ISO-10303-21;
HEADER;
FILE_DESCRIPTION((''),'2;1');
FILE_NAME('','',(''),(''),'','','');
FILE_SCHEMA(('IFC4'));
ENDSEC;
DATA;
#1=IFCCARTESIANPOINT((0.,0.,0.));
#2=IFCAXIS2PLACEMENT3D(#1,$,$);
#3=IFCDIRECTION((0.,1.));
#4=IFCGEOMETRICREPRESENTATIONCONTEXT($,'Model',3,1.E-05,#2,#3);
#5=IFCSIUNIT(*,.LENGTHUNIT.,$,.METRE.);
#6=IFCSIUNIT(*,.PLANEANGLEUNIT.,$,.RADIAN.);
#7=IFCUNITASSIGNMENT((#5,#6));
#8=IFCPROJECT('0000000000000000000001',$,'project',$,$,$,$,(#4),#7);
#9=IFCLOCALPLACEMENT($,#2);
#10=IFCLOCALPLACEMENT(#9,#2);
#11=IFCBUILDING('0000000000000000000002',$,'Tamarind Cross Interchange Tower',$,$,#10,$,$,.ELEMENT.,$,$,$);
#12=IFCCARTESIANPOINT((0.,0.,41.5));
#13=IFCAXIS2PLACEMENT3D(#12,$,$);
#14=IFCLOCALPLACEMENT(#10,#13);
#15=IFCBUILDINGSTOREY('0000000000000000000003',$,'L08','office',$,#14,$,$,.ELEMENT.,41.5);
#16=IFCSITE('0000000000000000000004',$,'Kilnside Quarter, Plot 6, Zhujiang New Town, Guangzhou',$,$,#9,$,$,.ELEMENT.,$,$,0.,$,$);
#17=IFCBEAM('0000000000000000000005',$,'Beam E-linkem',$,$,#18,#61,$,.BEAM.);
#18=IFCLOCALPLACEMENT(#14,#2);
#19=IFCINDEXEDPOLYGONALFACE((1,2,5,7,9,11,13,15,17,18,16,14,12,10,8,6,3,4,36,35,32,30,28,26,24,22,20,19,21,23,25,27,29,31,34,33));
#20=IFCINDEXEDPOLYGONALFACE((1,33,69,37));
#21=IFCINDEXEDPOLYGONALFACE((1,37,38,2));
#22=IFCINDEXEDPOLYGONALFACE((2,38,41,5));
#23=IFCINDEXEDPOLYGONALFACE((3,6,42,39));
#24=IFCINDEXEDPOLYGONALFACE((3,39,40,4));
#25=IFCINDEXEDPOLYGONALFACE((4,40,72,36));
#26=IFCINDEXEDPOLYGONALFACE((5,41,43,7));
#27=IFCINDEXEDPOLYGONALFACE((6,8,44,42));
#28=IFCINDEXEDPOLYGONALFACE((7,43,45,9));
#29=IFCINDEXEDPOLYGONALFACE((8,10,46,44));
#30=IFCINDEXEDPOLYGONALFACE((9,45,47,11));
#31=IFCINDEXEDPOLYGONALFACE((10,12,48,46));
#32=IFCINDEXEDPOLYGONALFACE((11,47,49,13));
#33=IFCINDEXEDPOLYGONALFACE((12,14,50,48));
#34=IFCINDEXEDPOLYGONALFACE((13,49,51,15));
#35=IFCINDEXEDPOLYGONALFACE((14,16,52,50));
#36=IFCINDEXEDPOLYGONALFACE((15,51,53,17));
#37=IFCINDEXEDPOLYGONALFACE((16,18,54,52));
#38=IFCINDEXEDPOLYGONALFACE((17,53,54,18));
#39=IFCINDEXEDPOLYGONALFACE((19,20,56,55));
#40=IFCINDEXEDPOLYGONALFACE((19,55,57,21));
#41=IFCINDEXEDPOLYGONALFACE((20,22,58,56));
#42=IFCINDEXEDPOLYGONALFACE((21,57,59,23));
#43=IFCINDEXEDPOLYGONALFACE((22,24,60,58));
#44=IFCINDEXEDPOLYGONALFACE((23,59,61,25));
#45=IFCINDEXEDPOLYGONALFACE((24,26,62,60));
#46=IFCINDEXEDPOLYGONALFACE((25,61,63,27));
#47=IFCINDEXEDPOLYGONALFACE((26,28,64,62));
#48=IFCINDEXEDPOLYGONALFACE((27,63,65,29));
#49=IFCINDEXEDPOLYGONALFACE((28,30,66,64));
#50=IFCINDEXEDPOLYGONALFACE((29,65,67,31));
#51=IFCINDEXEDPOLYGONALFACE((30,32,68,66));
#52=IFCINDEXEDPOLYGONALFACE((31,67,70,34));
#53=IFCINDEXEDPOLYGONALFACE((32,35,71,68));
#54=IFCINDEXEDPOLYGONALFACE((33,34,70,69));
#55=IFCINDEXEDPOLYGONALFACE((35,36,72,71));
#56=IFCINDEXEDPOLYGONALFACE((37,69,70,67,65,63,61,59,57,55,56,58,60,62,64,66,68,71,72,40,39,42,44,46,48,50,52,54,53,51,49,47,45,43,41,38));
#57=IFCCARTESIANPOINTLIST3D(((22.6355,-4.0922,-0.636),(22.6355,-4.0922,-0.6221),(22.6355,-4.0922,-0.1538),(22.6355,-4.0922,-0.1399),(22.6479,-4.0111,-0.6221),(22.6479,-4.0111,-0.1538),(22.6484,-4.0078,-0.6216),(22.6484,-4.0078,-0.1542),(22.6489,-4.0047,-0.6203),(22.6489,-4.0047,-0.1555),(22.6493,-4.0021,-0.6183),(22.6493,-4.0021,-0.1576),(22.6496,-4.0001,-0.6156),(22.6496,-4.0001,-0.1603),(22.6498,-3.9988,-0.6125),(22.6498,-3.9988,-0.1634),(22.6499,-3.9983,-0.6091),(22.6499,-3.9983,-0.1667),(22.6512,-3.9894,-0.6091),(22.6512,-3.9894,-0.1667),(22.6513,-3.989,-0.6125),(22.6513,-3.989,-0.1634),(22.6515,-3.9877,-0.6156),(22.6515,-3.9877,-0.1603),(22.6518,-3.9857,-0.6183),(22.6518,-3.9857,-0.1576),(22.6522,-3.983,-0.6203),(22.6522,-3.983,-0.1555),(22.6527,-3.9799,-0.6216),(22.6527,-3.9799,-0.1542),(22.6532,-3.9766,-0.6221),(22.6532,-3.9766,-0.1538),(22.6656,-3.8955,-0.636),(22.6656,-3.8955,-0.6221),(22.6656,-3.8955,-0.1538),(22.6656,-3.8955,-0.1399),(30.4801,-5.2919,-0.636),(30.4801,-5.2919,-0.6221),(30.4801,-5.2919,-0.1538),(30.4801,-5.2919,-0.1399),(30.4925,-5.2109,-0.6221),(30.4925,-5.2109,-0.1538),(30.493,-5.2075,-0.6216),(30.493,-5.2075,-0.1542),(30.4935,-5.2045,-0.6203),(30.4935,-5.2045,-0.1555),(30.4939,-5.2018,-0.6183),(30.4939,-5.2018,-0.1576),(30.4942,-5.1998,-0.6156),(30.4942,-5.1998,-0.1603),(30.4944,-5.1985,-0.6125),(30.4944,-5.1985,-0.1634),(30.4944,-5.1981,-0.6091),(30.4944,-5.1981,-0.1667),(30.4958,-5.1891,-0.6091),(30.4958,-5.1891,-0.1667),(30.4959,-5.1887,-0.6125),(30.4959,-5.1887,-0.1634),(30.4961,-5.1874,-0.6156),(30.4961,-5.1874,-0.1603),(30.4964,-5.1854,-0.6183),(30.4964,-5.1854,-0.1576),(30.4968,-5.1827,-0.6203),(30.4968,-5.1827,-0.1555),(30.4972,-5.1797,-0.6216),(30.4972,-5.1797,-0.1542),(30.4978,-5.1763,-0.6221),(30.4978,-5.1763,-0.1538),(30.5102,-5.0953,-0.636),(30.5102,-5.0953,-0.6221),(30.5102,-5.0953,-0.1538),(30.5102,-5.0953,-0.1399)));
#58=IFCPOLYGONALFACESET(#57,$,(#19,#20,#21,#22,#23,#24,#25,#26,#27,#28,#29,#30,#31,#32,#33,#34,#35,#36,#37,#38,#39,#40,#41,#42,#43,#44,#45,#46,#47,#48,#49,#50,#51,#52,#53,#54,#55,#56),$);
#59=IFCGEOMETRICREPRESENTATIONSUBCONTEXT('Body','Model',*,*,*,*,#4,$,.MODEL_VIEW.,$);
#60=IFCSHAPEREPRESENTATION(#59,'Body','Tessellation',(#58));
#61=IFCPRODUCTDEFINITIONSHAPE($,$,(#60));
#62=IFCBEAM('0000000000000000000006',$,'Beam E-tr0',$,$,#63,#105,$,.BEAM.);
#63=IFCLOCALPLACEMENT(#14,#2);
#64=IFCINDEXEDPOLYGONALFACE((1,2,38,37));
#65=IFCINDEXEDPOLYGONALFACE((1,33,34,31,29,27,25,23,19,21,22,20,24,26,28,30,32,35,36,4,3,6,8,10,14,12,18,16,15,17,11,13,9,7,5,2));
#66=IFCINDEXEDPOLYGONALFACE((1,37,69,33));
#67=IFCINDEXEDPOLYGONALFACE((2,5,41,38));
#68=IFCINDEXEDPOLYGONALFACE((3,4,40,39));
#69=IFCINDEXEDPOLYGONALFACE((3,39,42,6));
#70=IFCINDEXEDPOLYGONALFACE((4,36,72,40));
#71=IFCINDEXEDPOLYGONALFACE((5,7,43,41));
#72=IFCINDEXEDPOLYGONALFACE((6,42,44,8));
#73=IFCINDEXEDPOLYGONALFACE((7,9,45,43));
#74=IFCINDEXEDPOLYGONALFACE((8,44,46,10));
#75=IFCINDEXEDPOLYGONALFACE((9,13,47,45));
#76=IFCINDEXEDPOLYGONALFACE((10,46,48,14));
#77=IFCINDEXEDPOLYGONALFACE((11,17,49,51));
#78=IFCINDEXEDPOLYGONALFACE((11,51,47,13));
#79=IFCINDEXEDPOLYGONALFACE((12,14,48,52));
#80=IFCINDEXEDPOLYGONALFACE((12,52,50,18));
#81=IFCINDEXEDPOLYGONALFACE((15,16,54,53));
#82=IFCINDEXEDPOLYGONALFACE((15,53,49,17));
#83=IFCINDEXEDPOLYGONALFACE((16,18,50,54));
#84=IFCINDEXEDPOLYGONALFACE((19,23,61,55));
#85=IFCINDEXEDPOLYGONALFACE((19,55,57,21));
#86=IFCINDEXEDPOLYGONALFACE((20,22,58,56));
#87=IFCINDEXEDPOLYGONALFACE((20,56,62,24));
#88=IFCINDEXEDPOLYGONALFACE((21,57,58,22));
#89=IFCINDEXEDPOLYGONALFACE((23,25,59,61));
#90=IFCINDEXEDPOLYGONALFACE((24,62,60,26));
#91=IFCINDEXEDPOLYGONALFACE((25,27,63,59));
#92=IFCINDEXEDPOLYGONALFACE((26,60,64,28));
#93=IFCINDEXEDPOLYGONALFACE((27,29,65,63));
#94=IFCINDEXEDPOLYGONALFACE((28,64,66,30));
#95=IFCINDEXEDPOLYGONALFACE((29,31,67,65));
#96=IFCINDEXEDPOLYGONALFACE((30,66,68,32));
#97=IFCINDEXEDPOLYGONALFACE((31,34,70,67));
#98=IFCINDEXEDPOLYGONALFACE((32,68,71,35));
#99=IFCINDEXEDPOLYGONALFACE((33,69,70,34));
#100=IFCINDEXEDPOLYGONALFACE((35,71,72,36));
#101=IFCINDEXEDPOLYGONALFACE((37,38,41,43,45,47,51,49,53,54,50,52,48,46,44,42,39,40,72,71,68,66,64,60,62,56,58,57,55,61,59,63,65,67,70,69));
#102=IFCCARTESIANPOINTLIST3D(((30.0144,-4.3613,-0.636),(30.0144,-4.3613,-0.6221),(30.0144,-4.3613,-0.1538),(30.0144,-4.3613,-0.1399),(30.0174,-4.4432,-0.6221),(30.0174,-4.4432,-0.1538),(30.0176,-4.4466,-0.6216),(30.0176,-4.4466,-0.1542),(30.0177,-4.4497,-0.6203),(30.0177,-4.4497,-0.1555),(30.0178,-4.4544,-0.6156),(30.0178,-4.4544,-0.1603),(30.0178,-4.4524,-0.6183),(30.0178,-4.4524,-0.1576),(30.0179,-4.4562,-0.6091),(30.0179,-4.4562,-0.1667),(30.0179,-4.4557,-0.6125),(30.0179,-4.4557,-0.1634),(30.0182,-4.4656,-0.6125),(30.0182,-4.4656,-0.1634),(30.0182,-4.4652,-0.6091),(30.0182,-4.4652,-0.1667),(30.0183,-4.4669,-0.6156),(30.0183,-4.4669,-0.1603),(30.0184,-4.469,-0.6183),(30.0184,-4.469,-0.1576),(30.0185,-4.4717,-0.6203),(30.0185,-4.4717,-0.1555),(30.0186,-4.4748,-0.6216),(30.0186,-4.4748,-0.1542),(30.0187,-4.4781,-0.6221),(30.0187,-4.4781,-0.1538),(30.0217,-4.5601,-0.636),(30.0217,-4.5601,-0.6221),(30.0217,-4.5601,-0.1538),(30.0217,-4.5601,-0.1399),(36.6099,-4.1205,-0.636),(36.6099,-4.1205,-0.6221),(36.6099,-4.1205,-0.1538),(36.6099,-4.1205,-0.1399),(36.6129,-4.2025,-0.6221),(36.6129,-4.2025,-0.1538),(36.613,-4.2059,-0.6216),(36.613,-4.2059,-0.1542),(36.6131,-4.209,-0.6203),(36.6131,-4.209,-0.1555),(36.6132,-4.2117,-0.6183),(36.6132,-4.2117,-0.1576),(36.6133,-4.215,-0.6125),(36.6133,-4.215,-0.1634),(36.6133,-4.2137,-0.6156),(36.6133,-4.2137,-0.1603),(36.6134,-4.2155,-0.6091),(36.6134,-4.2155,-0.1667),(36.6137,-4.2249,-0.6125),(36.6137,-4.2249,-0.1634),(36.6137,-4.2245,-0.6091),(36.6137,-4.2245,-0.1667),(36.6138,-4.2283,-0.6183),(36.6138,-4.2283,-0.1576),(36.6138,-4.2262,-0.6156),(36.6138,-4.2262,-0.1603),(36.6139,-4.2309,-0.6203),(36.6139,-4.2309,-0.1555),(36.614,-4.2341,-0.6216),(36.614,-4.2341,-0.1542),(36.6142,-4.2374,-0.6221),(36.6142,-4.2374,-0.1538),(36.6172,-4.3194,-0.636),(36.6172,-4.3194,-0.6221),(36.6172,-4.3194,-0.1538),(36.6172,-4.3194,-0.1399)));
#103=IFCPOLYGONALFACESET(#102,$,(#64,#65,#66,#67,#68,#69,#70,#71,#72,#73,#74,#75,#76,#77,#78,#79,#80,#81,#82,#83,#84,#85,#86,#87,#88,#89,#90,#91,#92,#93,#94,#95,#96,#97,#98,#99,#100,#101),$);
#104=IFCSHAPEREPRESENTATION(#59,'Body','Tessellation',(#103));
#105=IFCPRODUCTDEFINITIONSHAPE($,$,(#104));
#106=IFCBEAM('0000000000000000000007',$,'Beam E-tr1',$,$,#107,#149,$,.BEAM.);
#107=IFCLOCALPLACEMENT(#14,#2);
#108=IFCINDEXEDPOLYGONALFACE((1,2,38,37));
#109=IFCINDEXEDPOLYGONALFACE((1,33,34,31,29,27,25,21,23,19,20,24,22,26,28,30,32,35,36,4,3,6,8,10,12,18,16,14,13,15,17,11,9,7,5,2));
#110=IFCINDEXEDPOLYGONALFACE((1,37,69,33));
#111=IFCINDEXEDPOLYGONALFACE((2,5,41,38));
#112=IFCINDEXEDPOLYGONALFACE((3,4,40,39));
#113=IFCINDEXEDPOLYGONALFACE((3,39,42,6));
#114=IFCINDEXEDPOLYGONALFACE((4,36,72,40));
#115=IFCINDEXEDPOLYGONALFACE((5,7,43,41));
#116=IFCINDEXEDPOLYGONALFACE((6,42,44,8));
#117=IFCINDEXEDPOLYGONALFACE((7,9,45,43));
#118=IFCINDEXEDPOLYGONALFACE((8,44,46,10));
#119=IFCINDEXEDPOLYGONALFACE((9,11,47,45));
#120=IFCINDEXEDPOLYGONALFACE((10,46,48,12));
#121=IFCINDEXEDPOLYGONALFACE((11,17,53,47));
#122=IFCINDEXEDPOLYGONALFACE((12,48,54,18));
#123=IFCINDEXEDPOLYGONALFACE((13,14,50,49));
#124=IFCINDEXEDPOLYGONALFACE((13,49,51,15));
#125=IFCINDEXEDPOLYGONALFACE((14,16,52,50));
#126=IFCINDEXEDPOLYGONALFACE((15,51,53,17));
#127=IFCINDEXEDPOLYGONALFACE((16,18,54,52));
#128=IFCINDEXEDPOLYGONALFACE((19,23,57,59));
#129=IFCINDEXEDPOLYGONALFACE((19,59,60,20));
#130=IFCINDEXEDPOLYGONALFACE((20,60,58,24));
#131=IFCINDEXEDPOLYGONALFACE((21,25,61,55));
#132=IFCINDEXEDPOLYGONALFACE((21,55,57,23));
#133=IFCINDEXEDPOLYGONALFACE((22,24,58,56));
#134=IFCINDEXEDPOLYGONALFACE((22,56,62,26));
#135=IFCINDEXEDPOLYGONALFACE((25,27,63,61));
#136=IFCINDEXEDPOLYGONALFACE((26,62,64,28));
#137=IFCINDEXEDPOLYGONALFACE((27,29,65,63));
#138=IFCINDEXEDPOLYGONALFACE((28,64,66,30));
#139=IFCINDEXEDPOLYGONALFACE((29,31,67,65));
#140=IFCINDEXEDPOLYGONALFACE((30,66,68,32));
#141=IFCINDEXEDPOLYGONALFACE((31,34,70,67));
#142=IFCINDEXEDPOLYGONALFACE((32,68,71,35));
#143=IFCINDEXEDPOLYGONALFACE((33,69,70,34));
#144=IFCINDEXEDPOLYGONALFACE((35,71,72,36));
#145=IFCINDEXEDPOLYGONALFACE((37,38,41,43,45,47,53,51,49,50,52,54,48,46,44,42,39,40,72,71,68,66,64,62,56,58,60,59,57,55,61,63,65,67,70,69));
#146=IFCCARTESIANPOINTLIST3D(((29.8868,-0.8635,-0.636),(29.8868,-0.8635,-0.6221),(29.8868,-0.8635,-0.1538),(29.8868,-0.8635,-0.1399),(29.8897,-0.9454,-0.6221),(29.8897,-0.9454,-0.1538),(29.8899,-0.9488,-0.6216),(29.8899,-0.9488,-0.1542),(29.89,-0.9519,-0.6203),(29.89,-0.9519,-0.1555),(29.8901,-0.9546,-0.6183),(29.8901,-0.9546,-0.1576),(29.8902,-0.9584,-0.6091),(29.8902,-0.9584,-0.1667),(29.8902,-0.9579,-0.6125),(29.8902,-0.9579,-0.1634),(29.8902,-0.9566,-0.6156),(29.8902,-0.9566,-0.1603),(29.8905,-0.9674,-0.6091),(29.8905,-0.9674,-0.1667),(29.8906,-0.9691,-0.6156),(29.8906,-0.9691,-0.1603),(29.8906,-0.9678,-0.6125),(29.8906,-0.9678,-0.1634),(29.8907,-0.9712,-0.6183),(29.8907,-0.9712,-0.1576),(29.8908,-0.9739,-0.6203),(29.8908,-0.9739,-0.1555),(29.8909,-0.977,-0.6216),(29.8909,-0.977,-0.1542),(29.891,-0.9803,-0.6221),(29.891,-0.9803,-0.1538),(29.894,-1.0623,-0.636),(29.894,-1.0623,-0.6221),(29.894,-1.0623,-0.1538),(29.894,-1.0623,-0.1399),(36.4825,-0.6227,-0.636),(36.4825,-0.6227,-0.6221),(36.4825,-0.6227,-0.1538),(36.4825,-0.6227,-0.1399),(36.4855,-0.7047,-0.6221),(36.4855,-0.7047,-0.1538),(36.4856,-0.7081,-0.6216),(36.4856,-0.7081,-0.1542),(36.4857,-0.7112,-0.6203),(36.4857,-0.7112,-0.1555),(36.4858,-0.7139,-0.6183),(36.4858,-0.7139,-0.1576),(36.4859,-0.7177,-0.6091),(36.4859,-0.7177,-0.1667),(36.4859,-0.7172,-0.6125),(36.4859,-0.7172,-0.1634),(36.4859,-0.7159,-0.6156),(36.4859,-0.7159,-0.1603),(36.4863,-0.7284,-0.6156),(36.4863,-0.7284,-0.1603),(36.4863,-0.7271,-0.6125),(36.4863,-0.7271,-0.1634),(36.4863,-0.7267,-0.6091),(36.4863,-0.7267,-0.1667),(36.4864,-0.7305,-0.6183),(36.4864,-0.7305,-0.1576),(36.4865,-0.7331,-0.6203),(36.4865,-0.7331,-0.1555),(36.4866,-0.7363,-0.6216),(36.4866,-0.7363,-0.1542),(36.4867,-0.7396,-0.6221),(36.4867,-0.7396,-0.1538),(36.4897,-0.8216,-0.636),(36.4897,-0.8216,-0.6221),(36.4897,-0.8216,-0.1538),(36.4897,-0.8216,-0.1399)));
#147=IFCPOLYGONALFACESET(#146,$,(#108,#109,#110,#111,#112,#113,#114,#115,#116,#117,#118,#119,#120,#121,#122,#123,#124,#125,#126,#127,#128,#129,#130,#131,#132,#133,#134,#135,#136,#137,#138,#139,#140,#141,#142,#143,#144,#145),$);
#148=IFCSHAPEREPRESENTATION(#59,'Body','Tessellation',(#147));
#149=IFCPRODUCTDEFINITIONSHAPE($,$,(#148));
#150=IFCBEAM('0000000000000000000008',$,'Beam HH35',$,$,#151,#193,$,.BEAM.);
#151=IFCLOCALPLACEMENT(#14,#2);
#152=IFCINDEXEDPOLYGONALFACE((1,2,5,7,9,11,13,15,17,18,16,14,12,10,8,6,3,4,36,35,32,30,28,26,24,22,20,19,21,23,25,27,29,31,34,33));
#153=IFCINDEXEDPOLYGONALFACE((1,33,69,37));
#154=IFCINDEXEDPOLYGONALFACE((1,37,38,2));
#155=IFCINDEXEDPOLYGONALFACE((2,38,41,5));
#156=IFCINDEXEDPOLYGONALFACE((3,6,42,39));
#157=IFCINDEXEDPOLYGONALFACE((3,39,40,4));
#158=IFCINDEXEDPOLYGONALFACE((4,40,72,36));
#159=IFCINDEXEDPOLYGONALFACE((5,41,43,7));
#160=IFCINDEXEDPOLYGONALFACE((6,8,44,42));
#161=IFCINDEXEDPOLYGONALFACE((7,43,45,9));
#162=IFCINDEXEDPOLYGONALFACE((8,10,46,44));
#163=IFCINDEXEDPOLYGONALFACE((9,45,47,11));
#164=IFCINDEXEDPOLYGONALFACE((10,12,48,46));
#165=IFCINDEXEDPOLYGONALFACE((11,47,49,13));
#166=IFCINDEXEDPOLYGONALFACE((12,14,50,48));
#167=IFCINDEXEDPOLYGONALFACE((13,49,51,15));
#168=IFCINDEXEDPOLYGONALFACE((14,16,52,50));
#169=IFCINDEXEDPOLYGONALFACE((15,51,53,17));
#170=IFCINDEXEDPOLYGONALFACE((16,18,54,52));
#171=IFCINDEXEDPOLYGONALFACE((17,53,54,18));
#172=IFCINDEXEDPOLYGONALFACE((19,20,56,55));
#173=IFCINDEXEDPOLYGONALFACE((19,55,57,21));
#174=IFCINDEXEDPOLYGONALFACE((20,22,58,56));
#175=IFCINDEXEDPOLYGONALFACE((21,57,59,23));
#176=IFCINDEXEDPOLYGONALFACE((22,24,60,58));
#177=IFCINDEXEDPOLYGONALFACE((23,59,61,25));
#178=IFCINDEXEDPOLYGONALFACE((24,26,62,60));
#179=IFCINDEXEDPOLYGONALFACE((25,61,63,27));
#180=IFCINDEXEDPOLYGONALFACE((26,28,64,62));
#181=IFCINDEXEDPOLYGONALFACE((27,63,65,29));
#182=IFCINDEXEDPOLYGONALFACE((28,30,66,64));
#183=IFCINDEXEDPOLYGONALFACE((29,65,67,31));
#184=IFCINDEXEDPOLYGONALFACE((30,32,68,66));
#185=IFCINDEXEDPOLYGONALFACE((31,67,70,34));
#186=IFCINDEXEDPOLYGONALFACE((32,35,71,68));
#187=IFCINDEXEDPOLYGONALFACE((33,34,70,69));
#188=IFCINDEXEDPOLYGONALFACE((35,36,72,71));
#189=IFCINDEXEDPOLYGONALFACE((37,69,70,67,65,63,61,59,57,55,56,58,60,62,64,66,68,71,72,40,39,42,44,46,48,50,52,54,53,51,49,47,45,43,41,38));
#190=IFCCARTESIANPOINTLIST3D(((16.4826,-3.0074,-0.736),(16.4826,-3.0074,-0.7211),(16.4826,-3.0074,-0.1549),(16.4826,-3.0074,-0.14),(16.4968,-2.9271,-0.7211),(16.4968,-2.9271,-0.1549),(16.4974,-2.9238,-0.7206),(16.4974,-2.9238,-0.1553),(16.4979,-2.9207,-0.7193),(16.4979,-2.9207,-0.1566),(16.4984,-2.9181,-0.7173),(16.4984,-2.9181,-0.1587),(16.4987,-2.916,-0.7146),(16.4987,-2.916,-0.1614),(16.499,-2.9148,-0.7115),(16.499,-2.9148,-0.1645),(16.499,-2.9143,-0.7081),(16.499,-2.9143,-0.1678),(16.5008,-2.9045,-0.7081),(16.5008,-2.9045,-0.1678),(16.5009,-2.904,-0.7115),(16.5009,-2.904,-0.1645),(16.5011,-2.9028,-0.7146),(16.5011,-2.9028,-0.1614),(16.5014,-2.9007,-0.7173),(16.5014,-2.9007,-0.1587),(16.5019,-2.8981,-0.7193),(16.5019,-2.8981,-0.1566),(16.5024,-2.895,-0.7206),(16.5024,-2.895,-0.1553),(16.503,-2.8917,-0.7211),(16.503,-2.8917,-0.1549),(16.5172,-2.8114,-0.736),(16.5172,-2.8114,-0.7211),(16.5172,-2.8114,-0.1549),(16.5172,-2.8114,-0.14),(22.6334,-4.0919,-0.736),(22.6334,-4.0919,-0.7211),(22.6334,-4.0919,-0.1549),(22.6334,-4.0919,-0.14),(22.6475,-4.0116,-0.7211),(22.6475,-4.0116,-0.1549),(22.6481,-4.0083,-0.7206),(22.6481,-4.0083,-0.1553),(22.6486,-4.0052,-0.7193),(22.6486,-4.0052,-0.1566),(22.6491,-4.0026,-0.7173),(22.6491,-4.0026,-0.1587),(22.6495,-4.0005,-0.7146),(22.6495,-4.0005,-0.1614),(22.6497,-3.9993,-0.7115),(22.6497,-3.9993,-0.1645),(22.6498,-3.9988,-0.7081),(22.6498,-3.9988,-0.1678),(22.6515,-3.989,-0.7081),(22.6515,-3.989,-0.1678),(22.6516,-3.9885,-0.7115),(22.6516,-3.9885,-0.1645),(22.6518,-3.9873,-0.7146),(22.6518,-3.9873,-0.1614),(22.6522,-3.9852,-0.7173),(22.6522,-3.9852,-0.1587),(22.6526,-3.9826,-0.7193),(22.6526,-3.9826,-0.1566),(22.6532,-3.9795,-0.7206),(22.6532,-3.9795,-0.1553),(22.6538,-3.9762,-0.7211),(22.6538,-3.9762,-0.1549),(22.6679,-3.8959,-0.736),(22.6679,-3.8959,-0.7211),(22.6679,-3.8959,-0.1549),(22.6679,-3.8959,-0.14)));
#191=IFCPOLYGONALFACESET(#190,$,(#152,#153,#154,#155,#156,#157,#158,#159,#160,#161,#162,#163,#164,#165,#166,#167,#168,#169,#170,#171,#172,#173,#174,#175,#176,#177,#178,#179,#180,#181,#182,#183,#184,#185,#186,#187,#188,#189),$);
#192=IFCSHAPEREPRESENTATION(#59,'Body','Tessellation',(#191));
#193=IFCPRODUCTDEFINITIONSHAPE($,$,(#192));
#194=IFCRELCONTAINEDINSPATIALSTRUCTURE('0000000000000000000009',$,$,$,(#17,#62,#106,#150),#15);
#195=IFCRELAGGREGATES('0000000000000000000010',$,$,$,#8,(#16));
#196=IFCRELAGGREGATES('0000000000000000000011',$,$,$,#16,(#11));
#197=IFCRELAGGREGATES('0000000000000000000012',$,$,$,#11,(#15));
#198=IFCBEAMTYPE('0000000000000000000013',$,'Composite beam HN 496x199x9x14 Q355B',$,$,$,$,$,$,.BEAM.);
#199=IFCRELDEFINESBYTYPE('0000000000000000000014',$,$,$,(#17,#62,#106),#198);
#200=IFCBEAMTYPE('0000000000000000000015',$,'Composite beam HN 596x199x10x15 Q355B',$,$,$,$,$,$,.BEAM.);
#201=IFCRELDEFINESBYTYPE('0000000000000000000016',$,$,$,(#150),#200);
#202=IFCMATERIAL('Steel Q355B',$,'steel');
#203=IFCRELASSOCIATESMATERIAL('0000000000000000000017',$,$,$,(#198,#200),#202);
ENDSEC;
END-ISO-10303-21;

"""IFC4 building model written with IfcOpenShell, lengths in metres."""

from ifc_helpers import new_model, si_unit, direction, frame, origin, origin_2d, place, context, subcontext, project, spatial, i_section, extrude, material, material_profile, profile_set, type_object, element, save


model = new_model("IFC4")

# Units and contexts
model_context = context("Model", 3, precision=1e-05, world=origin(), true_north=direction((0.0, 1.0)))
body_context = subcontext(model_context, "Body", "Model", "MODEL_VIEW")
ifc_project = project(units=[si_unit("LENGTHUNIT", "METRE"), si_unit("PLANEANGLEUNIT", "RADIAN")], contexts=[model_context])

# Site, building, storey
site_placement = place(None, origin())
site = spatial("IfcSite", under=ifc_project, at=site_placement, Name="Kilnside Quarter, Plot 6, Zhujiang New Town, Guangzhou", CompositionType="ELEMENT", RefElevation=0.0)
building_placement = place(site_placement, origin())
building = spatial("IfcBuilding", under=site, at=building_placement, Name="Tamarind Cross Interchange Tower", CompositionType="ELEMENT")
storey_placement = place(building_placement, frame((0.0, 0.0, 41.5)))
storey = spatial("IfcBuildingStorey", under=building, at=storey_placement, Name="L08", Description="office", CompositionType="ELEMENT", Elevation=41.5)

# Beams
ifc_material_1 = material(Name="Steel Q355B", Category="steel")
ifc_material_profile_1 = material_profile(ifc_material_1, i_section(OverallWidth=0.199, OverallDepth=0.4961, WebThickness=0.009, FlangeThickness=0.0139, FilletRadius=0.0129, at=origin_2d()), Name="HN 496x199x9x14")
ifc_profile_set_1 = profile_set([ifc_material_profile_1], Name="Steel Q355B")
beam_type_1 = type_object("IfcBeamType", Name="Composite beam HN 496x199x9x14 Q355B", PredefinedType="BEAM", material=ifc_profile_set_1)
beam_1_placement = place(storey_placement, frame((30.4951, -5.1936, -0.3879), z_axis=(-0.988506, 0.151179, 0.0), x_axis=(-0.151179, -0.988506, 0.0)))
element("IfcBeam", 1, at=beam_1_placement, inside=storey, type_object=beam_type_1, Name="Beam E-linkem", PredefinedType="BEAM", context=body_context, shape_type="SweptSolid", body=[
    extrude(i_section(OverallWidth=0.199, OverallDepth=0.4961, WebThickness=0.009, FlangeThickness=0.0139, FilletRadius=0.0129, at=origin_2d()), origin(), (0.0, 0.0, 1.0), 7.9358),
])
beam_2_placement = place(storey_placement, frame((30.0181, -4.4607, -0.3879), z_axis=(0.999335, 0.036474, 0.0), x_axis=(-0.036474, 0.999335, 0.0)))
element("IfcBeam", 2, at=beam_2_placement, inside=storey, type_object=beam_type_1, Name="Beam E-tr0", PredefinedType="BEAM", context=body_context, shape_type="SweptSolid", body=[
    extrude(i_section(OverallWidth=0.199, OverallDepth=0.4961, WebThickness=0.009, FlangeThickness=0.0139, FilletRadius=0.0129, at=origin_2d()), origin(), (0.0, 0.0, 1.0), 6.5999),
])
beam_3_placement = place(storey_placement, frame((29.8904, -0.9629, -0.3879), z_axis=(0.999335, 0.036473, 0.0), x_axis=(-0.036473, 0.999335, 0.0)))
element("IfcBeam", 3, at=beam_3_placement, inside=storey, type_object=beam_type_1, Name="Beam E-tr1", PredefinedType="BEAM", context=body_context, shape_type="SweptSolid", body=[
    extrude(i_section(OverallWidth=0.199, OverallDepth=0.4961, WebThickness=0.009, FlangeThickness=0.0139, FilletRadius=0.0129, at=origin_2d()), origin(), (0.0, 0.0, 1.0), 6.6001),
])
ifc_material_profile_2 = material_profile(ifc_material_1, i_section(OverallWidth=0.199, OverallDepth=0.5959, WebThickness=0.01, FlangeThickness=0.0149, FilletRadius=0.0129, at=origin_2d()), Name="HN 596x199x10x15")
ifc_profile_set_2 = profile_set([ifc_material_profile_2], Name="Steel Q355B")
beam_type_2 = type_object("IfcBeamType", Name="Composite beam HN 596x199x10x15 Q355B", PredefinedType="BEAM", material=ifc_profile_set_2)
beam_4_placement = place(storey_placement, frame((22.6506, -3.9939, -0.438), z_axis=(-0.984809, 0.17364, 0.0), x_axis=(-0.17364, -0.984809, 0.0)))
element("IfcBeam", 4, at=beam_4_placement, inside=storey, type_object=beam_type_2, Name="Beam HH35", PredefinedType="BEAM", context=body_context, shape_type="SweptSolid", body=[
    extrude(i_section(OverallWidth=0.199, OverallDepth=0.5959, WebThickness=0.01, FlangeThickness=0.0149, FilletRadius=0.0129, at=origin_2d()), origin(), (0.0, 0.0, 1.0), 6.2456),
])

save(model, "model.ifc")
